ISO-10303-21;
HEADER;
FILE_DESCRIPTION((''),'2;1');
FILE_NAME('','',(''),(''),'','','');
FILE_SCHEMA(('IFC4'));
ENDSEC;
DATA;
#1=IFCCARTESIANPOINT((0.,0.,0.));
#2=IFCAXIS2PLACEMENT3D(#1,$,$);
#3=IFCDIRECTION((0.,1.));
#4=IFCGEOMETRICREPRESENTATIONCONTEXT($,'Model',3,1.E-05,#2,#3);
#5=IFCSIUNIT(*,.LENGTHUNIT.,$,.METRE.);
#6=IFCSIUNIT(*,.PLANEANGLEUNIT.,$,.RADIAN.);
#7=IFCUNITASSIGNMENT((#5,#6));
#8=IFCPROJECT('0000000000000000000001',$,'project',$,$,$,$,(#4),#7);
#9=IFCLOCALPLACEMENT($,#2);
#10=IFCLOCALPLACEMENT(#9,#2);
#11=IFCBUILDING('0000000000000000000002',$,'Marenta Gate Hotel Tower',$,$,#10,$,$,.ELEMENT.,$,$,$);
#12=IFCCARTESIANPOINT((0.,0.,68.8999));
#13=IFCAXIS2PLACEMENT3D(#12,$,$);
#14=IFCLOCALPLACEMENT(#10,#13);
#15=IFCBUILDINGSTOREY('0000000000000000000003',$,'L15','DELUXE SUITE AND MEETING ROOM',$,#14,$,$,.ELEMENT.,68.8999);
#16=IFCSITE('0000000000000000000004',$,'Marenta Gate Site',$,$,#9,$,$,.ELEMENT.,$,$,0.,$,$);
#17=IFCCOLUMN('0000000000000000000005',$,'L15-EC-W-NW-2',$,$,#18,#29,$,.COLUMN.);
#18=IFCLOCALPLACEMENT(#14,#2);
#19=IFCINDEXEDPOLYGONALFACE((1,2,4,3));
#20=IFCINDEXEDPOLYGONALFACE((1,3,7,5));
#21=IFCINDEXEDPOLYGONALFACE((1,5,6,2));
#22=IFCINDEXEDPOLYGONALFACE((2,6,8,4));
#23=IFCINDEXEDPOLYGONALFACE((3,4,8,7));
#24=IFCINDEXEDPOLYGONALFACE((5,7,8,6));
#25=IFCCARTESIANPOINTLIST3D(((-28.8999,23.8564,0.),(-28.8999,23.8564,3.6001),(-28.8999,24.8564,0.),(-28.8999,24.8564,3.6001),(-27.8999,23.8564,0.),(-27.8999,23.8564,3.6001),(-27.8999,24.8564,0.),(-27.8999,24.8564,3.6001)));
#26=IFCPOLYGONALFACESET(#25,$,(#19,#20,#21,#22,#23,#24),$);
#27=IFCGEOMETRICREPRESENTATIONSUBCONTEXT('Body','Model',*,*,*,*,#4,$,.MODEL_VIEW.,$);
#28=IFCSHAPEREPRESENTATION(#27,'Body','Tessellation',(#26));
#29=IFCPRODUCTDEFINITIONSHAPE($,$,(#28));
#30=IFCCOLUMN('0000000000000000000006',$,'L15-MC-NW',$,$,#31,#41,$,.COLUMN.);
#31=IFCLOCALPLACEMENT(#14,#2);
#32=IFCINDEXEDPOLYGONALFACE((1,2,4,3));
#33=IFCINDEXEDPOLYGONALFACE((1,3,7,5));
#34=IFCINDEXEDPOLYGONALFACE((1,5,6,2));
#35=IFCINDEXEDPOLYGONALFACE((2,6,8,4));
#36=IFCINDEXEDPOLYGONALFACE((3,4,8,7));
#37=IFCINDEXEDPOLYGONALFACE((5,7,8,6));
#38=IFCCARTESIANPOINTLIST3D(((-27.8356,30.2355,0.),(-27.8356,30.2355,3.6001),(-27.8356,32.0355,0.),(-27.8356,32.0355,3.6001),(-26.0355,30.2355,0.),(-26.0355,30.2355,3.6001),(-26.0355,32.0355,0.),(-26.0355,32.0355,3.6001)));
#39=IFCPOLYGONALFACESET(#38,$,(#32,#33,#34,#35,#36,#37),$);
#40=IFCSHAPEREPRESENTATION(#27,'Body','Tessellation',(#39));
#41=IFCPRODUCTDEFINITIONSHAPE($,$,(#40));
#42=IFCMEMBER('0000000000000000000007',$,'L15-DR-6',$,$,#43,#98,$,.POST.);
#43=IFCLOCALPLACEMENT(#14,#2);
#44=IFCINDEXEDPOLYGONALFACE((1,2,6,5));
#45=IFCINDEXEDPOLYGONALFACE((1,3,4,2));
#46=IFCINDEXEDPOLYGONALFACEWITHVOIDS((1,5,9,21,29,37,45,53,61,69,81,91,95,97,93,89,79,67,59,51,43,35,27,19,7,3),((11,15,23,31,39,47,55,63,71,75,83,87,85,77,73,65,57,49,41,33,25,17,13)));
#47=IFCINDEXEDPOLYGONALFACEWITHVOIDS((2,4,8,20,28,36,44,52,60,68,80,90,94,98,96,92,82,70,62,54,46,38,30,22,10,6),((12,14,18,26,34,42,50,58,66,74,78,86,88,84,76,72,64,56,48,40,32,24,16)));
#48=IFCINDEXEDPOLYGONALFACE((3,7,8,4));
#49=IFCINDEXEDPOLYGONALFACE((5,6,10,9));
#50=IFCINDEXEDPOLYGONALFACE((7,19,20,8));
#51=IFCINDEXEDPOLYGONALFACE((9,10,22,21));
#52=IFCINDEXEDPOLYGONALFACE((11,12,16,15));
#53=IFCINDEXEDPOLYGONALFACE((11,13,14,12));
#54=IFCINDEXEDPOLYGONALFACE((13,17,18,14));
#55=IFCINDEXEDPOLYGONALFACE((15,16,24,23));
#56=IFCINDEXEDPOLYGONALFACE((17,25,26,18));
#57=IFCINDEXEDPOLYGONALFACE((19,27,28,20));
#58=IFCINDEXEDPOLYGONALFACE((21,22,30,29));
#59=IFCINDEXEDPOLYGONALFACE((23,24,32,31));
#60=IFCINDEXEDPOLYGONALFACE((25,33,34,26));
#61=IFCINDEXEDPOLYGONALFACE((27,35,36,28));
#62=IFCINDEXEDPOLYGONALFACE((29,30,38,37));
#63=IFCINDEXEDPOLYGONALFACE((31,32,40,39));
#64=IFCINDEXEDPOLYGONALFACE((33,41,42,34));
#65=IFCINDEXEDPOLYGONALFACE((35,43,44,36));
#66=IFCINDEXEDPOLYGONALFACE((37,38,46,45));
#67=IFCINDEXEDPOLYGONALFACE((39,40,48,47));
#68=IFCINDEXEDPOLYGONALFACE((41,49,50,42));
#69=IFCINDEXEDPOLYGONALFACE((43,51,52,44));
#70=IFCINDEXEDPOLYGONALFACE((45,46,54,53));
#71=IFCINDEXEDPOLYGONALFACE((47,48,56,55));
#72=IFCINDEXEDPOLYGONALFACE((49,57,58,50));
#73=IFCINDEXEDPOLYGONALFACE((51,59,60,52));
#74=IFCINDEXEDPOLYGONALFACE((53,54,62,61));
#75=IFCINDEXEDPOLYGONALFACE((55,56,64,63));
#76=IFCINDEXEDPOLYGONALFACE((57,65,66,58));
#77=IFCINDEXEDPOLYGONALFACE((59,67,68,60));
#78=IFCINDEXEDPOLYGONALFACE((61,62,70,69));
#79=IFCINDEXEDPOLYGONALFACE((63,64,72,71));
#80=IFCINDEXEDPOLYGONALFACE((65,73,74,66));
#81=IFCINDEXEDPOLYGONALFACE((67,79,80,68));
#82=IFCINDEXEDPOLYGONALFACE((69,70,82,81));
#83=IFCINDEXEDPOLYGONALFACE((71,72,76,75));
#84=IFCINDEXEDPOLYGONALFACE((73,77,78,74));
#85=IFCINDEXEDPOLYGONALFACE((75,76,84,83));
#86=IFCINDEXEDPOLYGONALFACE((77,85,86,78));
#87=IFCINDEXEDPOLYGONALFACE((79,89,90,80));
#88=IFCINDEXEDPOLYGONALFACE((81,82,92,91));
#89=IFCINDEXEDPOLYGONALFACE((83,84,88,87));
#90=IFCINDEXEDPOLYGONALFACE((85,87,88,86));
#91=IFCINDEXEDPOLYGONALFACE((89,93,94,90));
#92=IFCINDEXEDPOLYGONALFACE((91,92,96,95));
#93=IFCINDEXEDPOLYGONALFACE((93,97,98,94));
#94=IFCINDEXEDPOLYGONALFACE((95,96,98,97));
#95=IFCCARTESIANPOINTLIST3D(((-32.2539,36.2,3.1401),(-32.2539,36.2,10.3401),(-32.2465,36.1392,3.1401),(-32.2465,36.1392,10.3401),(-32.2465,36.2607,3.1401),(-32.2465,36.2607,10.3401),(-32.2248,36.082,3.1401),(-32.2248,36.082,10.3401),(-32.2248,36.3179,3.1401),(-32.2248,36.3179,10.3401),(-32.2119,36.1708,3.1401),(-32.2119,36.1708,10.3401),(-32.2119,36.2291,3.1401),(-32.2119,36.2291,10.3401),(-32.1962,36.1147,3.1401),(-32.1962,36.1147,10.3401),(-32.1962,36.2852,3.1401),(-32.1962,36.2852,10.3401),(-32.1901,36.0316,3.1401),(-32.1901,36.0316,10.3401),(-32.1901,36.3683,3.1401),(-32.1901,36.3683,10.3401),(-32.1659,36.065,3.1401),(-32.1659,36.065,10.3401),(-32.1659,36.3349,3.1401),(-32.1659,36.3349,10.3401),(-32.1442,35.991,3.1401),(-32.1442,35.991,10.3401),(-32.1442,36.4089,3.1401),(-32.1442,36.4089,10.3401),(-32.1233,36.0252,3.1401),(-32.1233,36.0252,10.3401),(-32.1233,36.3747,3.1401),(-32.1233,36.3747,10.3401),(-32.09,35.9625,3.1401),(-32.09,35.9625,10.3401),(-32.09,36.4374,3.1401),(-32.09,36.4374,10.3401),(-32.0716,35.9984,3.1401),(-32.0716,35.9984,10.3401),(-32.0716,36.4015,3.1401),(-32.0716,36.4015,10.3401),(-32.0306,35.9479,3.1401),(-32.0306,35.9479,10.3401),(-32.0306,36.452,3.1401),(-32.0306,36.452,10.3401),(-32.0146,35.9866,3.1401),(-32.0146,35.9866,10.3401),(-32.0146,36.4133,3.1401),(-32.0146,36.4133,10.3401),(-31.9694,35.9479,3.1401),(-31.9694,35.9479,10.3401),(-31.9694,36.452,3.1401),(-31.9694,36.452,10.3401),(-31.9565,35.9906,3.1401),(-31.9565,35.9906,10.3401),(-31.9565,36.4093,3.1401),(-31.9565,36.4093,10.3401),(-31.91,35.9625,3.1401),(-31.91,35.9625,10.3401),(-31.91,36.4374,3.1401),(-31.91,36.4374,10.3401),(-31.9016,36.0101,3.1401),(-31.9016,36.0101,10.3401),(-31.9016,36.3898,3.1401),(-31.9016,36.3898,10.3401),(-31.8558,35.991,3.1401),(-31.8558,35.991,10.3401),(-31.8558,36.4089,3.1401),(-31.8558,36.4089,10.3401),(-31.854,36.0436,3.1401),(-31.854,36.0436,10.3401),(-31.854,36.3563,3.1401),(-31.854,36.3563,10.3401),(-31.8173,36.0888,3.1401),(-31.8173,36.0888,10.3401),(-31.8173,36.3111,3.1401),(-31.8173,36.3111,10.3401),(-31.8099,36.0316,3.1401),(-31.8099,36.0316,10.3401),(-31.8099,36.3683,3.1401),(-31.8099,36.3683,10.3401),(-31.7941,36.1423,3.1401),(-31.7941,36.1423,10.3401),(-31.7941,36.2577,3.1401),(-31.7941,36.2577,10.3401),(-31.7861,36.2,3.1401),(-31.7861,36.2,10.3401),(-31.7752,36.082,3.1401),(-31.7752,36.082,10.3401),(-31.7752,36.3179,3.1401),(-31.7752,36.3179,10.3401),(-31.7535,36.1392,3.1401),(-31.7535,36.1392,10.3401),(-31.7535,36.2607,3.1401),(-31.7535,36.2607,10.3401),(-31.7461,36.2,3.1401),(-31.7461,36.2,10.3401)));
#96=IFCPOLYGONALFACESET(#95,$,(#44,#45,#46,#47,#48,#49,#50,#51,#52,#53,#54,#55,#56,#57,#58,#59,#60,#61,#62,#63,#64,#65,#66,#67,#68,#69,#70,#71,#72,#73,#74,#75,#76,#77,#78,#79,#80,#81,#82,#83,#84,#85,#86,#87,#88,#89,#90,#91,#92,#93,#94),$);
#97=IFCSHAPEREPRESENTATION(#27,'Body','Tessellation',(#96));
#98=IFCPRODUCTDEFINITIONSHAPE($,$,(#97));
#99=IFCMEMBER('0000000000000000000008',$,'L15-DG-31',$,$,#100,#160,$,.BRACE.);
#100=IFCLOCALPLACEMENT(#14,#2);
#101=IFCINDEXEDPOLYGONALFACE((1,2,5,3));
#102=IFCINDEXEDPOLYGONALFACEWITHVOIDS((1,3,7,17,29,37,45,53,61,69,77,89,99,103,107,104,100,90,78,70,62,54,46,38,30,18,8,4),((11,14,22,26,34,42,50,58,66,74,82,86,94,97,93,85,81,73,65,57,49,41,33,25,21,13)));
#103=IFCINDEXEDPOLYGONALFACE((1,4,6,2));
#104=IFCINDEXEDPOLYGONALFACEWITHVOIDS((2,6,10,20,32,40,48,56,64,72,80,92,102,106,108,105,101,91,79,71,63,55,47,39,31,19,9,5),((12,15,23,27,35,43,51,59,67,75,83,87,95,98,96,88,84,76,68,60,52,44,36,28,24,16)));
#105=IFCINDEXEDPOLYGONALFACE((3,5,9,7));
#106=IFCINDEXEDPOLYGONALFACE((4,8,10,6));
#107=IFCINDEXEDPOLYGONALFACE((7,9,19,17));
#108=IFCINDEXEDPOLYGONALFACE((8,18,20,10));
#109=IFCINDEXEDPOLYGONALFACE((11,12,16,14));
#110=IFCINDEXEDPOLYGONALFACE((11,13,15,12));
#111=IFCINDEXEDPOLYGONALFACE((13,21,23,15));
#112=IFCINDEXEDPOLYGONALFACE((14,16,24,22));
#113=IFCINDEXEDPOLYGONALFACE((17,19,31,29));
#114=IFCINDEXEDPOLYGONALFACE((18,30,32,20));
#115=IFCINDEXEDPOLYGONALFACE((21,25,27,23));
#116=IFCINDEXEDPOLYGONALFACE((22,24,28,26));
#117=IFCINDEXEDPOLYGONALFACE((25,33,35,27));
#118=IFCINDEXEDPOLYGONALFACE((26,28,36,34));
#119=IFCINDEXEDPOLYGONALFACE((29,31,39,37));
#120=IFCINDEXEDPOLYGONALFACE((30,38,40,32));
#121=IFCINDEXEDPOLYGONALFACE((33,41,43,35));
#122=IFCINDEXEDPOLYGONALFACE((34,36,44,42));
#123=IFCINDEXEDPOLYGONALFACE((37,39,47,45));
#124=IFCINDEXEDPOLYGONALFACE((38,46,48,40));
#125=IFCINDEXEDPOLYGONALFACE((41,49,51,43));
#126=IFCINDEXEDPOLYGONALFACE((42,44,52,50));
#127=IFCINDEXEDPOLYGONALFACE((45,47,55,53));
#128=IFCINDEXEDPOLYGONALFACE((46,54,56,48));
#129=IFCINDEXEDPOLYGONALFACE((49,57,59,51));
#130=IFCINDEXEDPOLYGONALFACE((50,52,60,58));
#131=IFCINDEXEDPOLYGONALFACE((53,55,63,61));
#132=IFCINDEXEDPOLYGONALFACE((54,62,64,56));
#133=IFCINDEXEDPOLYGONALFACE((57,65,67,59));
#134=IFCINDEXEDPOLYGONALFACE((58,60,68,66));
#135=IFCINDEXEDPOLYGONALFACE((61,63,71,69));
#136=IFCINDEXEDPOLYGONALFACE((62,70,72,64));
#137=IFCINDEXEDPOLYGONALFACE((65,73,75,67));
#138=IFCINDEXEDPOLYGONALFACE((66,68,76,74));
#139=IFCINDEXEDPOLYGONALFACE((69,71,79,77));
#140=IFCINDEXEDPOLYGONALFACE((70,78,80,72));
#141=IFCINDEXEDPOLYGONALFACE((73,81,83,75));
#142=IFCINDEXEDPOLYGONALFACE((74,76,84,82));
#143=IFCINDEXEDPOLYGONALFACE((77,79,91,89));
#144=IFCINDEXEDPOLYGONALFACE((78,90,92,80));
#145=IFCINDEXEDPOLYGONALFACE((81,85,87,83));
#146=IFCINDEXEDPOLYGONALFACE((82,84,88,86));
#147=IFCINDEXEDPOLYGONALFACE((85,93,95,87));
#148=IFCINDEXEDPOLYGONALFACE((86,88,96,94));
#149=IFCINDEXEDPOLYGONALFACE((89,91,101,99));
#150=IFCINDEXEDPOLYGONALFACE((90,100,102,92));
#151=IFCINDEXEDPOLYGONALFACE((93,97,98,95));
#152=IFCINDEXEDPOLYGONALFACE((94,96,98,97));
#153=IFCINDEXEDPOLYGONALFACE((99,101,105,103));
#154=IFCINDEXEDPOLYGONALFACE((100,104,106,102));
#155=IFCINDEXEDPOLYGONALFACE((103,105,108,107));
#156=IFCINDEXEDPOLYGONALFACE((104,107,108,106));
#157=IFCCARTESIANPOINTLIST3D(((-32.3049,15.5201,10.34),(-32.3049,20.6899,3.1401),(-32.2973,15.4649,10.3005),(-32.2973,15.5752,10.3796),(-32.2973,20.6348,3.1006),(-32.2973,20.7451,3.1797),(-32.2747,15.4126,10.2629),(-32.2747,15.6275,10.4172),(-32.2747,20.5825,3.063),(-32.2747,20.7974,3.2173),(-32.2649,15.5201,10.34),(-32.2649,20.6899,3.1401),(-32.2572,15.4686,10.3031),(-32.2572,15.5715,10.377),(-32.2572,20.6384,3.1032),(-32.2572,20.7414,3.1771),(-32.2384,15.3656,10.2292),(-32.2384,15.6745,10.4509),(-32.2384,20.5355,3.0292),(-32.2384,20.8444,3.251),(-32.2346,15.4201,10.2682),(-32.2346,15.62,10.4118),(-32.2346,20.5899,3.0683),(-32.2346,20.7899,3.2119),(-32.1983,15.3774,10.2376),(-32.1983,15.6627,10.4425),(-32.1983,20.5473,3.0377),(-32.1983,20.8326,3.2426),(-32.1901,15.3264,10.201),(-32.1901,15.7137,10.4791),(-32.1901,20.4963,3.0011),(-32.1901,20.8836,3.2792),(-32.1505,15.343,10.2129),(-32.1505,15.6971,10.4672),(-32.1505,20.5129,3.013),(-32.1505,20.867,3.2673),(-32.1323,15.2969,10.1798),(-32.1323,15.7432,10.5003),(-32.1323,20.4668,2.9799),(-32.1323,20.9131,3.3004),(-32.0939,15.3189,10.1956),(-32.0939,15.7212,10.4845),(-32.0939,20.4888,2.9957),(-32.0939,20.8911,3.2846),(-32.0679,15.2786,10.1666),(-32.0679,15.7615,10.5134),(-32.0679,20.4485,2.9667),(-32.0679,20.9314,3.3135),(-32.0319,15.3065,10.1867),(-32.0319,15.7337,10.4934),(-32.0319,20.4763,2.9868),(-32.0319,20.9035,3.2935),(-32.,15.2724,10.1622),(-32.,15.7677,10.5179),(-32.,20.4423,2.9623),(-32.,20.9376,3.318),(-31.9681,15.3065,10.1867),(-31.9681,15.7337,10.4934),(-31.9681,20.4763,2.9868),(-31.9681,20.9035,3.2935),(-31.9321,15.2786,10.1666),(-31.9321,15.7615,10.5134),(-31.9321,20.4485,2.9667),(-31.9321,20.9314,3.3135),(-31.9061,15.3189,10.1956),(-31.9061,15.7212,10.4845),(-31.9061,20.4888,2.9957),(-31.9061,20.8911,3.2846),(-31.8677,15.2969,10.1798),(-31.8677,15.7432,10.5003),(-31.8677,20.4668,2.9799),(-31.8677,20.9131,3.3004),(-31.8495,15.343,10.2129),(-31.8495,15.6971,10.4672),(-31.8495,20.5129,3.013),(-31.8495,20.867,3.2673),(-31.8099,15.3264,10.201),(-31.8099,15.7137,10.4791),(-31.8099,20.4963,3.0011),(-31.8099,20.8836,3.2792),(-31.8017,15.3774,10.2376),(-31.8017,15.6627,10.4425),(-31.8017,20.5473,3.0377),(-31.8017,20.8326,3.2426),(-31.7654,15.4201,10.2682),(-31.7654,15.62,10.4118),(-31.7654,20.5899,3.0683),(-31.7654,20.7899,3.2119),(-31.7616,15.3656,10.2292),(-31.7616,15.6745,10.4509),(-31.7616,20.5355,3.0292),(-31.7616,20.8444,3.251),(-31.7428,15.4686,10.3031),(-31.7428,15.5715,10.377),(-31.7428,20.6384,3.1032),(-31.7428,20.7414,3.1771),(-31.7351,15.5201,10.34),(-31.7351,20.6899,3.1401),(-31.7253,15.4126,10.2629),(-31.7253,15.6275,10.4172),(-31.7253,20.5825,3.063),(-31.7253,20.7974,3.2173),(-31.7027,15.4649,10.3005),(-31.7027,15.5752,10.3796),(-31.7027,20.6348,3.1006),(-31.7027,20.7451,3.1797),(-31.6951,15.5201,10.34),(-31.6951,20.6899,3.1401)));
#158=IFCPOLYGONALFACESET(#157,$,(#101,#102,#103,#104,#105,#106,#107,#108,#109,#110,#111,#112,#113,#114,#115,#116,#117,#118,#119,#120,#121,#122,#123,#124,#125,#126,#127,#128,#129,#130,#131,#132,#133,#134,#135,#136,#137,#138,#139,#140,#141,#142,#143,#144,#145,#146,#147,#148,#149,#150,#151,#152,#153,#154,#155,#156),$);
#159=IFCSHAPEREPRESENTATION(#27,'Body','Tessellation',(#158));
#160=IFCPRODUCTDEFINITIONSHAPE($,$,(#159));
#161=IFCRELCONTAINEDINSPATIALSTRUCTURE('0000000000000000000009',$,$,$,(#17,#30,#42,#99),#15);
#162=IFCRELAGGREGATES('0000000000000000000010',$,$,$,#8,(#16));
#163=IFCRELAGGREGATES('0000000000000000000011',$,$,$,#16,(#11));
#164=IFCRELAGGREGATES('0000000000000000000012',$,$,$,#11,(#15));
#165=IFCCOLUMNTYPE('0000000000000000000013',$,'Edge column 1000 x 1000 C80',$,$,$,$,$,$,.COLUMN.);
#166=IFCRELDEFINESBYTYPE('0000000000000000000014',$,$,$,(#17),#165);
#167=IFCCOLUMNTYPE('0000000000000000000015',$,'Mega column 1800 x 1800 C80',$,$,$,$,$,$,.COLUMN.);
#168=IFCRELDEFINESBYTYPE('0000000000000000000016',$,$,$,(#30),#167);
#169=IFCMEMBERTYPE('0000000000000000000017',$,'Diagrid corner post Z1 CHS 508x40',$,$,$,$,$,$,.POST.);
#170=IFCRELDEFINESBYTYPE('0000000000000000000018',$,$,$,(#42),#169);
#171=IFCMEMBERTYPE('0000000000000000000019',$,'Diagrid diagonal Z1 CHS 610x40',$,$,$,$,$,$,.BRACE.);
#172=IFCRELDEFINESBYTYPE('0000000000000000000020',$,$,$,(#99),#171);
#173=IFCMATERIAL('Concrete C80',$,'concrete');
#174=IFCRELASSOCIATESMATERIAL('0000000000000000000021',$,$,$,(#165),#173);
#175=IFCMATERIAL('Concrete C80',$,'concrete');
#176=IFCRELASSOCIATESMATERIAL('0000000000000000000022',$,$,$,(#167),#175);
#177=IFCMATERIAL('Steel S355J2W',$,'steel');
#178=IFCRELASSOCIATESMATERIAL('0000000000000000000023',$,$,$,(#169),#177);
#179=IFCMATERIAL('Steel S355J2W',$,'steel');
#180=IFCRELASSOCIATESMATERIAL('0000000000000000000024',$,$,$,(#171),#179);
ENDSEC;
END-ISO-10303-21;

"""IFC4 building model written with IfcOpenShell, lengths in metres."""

from ifc_helpers import new_model, si_unit, direction, frame, origin, origin_2d, place, context, subcontext, project, spatial, rectangle, hollow_circle, extrude, material, material_profile, profile_set, type_object, element, save


model = new_model("IFC4")

# Units and contexts
model_context = context("Model", 3, precision=1e-05, world=origin(), true_north=direction((0.0, 1.0)))
body_context = subcontext(model_context, "Body", "Model", "MODEL_VIEW")
ifc_project = project(units=[si_unit("LENGTHUNIT", "METRE"), si_unit("PLANEANGLEUNIT", "RADIAN")], contexts=[model_context])

# Site, building, storey
site_placement = place(None, origin())
site = spatial("IfcSite", under=ifc_project, at=site_placement, Name="Marenta Gate Site", CompositionType="ELEMENT", RefElevation=0.0)
building_placement = place(site_placement, origin())
building = spatial("IfcBuilding", under=site, at=building_placement, Name="Marenta Gate Hotel Tower", CompositionType="ELEMENT")
storey_placement = place(building_placement, frame((0.0, 0.0, 68.8999)))
storey = spatial("IfcBuildingStorey", under=building, at=storey_placement, Name="L15", Description="DELUXE SUITE AND MEETING ROOM", CompositionType="ELEMENT", Elevation=68.8999)

# Columns
ifc_material_1 = material(Name="Concrete C80", Category="concrete")
ifc_material_profile_1 = material_profile(ifc_material_1, rectangle(XDim=1.0, YDim=1.0, at=origin_2d()), Name="1000 x 1000")
ifc_profile_set_1 = profile_set([ifc_material_profile_1], Name="Concrete C80")
column_type_1 = type_object("IfcColumnType", Name="Edge column 1000 x 1000 C80", PredefinedType="COLUMN", material=ifc_profile_set_1)
column_1_placement = place(storey_placement, frame((-28.3999, 24.3564, 0.0), z_axis=(0.0, 0.0, 1.0), x_axis=(1.0, 0.0, 0.0)))
element("IfcColumn", 1, at=column_1_placement, inside=storey, type_object=column_type_1, Name="L15-EC-W-NW-2", PredefinedType="COLUMN", context=body_context, shape_type="SweptSolid", body=[
    extrude(rectangle(XDim=1.0, YDim=1.0, at=origin_2d()), origin(), (0.0, 0.0, 1.0), 3.6001),
])
ifc_material_2 = material(Name="Concrete C80", Category="concrete")
ifc_material_profile_2 = material_profile(ifc_material_2, rectangle(XDim=1.8, YDim=1.8, at=origin_2d()), Name="1800 x 1800")
ifc_profile_set_2 = profile_set([ifc_material_profile_2], Name="Concrete C80")
column_type_2 = type_object("IfcColumnType", Name="Mega column 1800 x 1800 C80", PredefinedType="COLUMN", material=ifc_profile_set_2)
column_2_placement = place(storey_placement, frame((-26.9355, 31.1355, 0.0), z_axis=(0.0, 0.0, 1.0), x_axis=(1.0, 0.0, 0.0)))
element("IfcColumn", 2, at=column_2_placement, inside=storey, type_object=column_type_2, Name="L15-MC-NW", PredefinedType="COLUMN", context=body_context, shape_type="SweptSolid", body=[
    extrude(rectangle(XDim=1.8, YDim=1.8, at=origin_2d()), origin(), (0.0, 0.0, 1.0), 3.6001),
])

# Members
ifc_material_3 = material(Name="Steel S355J2W", Category="steel")
ifc_material_profile_3 = material_profile(ifc_material_3, hollow_circle(Radius=0.2539, WallThickness=0.04, at=origin_2d()), Name="CHS 508x40")
ifc_profile_set_3 = profile_set([ifc_material_profile_3], Name="Steel S355J2W")
member_type_1 = type_object("IfcMemberType", Name="Diagrid corner post Z1 CHS 508x40", PredefinedType="POST", material=ifc_profile_set_3)
member_1_placement = place(storey_placement, frame((-32.0, 36.2, 3.1401), z_axis=(0.0, 0.0, 1.0), x_axis=(1.0, 0.0, 0.0)))
element("IfcMember", 3, at=member_1_placement, inside=storey, type_object=member_type_1, Name="L15-DR-6", PredefinedType="POST", context=body_context, shape_type="SweptSolid", body=[
    extrude(hollow_circle(Radius=0.2539, WallThickness=0.04, at=origin_2d()), origin(), (0.0, 0.0, 1.0), 7.2),
])
ifc_material_4 = material(Name="Steel S355J2W", Category="steel")
ifc_material_profile_4 = material_profile(ifc_material_4, hollow_circle(Radius=0.3049, WallThickness=0.04, at=origin_2d()), Name="CHS 610x40")
ifc_profile_set_4 = profile_set([ifc_material_profile_4], Name="Steel S355J2W")
member_type_2 = type_object("IfcMemberType", Name="Diagrid diagonal Z1 CHS 610x40", PredefinedType="BRACE", material=ifc_profile_set_4)
member_2_placement = place(storey_placement, frame((-32.0, 20.6899, 3.1401), z_axis=(0.0, -0.583261, 0.812285), x_axis=(1.0, 0.0, 0.0)))
element("IfcMember", 4, at=member_2_placement, inside=storey, type_object=member_type_2, Name="L15-DG-31", PredefinedType="BRACE", context=body_context, shape_type="SweptSolid", body=[
    extrude(hollow_circle(Radius=0.3049, WallThickness=0.04, at=origin_2d()), origin(), (0.0, 0.0, 1.0), 8.8638),
])

save(model, "model.ifc")
